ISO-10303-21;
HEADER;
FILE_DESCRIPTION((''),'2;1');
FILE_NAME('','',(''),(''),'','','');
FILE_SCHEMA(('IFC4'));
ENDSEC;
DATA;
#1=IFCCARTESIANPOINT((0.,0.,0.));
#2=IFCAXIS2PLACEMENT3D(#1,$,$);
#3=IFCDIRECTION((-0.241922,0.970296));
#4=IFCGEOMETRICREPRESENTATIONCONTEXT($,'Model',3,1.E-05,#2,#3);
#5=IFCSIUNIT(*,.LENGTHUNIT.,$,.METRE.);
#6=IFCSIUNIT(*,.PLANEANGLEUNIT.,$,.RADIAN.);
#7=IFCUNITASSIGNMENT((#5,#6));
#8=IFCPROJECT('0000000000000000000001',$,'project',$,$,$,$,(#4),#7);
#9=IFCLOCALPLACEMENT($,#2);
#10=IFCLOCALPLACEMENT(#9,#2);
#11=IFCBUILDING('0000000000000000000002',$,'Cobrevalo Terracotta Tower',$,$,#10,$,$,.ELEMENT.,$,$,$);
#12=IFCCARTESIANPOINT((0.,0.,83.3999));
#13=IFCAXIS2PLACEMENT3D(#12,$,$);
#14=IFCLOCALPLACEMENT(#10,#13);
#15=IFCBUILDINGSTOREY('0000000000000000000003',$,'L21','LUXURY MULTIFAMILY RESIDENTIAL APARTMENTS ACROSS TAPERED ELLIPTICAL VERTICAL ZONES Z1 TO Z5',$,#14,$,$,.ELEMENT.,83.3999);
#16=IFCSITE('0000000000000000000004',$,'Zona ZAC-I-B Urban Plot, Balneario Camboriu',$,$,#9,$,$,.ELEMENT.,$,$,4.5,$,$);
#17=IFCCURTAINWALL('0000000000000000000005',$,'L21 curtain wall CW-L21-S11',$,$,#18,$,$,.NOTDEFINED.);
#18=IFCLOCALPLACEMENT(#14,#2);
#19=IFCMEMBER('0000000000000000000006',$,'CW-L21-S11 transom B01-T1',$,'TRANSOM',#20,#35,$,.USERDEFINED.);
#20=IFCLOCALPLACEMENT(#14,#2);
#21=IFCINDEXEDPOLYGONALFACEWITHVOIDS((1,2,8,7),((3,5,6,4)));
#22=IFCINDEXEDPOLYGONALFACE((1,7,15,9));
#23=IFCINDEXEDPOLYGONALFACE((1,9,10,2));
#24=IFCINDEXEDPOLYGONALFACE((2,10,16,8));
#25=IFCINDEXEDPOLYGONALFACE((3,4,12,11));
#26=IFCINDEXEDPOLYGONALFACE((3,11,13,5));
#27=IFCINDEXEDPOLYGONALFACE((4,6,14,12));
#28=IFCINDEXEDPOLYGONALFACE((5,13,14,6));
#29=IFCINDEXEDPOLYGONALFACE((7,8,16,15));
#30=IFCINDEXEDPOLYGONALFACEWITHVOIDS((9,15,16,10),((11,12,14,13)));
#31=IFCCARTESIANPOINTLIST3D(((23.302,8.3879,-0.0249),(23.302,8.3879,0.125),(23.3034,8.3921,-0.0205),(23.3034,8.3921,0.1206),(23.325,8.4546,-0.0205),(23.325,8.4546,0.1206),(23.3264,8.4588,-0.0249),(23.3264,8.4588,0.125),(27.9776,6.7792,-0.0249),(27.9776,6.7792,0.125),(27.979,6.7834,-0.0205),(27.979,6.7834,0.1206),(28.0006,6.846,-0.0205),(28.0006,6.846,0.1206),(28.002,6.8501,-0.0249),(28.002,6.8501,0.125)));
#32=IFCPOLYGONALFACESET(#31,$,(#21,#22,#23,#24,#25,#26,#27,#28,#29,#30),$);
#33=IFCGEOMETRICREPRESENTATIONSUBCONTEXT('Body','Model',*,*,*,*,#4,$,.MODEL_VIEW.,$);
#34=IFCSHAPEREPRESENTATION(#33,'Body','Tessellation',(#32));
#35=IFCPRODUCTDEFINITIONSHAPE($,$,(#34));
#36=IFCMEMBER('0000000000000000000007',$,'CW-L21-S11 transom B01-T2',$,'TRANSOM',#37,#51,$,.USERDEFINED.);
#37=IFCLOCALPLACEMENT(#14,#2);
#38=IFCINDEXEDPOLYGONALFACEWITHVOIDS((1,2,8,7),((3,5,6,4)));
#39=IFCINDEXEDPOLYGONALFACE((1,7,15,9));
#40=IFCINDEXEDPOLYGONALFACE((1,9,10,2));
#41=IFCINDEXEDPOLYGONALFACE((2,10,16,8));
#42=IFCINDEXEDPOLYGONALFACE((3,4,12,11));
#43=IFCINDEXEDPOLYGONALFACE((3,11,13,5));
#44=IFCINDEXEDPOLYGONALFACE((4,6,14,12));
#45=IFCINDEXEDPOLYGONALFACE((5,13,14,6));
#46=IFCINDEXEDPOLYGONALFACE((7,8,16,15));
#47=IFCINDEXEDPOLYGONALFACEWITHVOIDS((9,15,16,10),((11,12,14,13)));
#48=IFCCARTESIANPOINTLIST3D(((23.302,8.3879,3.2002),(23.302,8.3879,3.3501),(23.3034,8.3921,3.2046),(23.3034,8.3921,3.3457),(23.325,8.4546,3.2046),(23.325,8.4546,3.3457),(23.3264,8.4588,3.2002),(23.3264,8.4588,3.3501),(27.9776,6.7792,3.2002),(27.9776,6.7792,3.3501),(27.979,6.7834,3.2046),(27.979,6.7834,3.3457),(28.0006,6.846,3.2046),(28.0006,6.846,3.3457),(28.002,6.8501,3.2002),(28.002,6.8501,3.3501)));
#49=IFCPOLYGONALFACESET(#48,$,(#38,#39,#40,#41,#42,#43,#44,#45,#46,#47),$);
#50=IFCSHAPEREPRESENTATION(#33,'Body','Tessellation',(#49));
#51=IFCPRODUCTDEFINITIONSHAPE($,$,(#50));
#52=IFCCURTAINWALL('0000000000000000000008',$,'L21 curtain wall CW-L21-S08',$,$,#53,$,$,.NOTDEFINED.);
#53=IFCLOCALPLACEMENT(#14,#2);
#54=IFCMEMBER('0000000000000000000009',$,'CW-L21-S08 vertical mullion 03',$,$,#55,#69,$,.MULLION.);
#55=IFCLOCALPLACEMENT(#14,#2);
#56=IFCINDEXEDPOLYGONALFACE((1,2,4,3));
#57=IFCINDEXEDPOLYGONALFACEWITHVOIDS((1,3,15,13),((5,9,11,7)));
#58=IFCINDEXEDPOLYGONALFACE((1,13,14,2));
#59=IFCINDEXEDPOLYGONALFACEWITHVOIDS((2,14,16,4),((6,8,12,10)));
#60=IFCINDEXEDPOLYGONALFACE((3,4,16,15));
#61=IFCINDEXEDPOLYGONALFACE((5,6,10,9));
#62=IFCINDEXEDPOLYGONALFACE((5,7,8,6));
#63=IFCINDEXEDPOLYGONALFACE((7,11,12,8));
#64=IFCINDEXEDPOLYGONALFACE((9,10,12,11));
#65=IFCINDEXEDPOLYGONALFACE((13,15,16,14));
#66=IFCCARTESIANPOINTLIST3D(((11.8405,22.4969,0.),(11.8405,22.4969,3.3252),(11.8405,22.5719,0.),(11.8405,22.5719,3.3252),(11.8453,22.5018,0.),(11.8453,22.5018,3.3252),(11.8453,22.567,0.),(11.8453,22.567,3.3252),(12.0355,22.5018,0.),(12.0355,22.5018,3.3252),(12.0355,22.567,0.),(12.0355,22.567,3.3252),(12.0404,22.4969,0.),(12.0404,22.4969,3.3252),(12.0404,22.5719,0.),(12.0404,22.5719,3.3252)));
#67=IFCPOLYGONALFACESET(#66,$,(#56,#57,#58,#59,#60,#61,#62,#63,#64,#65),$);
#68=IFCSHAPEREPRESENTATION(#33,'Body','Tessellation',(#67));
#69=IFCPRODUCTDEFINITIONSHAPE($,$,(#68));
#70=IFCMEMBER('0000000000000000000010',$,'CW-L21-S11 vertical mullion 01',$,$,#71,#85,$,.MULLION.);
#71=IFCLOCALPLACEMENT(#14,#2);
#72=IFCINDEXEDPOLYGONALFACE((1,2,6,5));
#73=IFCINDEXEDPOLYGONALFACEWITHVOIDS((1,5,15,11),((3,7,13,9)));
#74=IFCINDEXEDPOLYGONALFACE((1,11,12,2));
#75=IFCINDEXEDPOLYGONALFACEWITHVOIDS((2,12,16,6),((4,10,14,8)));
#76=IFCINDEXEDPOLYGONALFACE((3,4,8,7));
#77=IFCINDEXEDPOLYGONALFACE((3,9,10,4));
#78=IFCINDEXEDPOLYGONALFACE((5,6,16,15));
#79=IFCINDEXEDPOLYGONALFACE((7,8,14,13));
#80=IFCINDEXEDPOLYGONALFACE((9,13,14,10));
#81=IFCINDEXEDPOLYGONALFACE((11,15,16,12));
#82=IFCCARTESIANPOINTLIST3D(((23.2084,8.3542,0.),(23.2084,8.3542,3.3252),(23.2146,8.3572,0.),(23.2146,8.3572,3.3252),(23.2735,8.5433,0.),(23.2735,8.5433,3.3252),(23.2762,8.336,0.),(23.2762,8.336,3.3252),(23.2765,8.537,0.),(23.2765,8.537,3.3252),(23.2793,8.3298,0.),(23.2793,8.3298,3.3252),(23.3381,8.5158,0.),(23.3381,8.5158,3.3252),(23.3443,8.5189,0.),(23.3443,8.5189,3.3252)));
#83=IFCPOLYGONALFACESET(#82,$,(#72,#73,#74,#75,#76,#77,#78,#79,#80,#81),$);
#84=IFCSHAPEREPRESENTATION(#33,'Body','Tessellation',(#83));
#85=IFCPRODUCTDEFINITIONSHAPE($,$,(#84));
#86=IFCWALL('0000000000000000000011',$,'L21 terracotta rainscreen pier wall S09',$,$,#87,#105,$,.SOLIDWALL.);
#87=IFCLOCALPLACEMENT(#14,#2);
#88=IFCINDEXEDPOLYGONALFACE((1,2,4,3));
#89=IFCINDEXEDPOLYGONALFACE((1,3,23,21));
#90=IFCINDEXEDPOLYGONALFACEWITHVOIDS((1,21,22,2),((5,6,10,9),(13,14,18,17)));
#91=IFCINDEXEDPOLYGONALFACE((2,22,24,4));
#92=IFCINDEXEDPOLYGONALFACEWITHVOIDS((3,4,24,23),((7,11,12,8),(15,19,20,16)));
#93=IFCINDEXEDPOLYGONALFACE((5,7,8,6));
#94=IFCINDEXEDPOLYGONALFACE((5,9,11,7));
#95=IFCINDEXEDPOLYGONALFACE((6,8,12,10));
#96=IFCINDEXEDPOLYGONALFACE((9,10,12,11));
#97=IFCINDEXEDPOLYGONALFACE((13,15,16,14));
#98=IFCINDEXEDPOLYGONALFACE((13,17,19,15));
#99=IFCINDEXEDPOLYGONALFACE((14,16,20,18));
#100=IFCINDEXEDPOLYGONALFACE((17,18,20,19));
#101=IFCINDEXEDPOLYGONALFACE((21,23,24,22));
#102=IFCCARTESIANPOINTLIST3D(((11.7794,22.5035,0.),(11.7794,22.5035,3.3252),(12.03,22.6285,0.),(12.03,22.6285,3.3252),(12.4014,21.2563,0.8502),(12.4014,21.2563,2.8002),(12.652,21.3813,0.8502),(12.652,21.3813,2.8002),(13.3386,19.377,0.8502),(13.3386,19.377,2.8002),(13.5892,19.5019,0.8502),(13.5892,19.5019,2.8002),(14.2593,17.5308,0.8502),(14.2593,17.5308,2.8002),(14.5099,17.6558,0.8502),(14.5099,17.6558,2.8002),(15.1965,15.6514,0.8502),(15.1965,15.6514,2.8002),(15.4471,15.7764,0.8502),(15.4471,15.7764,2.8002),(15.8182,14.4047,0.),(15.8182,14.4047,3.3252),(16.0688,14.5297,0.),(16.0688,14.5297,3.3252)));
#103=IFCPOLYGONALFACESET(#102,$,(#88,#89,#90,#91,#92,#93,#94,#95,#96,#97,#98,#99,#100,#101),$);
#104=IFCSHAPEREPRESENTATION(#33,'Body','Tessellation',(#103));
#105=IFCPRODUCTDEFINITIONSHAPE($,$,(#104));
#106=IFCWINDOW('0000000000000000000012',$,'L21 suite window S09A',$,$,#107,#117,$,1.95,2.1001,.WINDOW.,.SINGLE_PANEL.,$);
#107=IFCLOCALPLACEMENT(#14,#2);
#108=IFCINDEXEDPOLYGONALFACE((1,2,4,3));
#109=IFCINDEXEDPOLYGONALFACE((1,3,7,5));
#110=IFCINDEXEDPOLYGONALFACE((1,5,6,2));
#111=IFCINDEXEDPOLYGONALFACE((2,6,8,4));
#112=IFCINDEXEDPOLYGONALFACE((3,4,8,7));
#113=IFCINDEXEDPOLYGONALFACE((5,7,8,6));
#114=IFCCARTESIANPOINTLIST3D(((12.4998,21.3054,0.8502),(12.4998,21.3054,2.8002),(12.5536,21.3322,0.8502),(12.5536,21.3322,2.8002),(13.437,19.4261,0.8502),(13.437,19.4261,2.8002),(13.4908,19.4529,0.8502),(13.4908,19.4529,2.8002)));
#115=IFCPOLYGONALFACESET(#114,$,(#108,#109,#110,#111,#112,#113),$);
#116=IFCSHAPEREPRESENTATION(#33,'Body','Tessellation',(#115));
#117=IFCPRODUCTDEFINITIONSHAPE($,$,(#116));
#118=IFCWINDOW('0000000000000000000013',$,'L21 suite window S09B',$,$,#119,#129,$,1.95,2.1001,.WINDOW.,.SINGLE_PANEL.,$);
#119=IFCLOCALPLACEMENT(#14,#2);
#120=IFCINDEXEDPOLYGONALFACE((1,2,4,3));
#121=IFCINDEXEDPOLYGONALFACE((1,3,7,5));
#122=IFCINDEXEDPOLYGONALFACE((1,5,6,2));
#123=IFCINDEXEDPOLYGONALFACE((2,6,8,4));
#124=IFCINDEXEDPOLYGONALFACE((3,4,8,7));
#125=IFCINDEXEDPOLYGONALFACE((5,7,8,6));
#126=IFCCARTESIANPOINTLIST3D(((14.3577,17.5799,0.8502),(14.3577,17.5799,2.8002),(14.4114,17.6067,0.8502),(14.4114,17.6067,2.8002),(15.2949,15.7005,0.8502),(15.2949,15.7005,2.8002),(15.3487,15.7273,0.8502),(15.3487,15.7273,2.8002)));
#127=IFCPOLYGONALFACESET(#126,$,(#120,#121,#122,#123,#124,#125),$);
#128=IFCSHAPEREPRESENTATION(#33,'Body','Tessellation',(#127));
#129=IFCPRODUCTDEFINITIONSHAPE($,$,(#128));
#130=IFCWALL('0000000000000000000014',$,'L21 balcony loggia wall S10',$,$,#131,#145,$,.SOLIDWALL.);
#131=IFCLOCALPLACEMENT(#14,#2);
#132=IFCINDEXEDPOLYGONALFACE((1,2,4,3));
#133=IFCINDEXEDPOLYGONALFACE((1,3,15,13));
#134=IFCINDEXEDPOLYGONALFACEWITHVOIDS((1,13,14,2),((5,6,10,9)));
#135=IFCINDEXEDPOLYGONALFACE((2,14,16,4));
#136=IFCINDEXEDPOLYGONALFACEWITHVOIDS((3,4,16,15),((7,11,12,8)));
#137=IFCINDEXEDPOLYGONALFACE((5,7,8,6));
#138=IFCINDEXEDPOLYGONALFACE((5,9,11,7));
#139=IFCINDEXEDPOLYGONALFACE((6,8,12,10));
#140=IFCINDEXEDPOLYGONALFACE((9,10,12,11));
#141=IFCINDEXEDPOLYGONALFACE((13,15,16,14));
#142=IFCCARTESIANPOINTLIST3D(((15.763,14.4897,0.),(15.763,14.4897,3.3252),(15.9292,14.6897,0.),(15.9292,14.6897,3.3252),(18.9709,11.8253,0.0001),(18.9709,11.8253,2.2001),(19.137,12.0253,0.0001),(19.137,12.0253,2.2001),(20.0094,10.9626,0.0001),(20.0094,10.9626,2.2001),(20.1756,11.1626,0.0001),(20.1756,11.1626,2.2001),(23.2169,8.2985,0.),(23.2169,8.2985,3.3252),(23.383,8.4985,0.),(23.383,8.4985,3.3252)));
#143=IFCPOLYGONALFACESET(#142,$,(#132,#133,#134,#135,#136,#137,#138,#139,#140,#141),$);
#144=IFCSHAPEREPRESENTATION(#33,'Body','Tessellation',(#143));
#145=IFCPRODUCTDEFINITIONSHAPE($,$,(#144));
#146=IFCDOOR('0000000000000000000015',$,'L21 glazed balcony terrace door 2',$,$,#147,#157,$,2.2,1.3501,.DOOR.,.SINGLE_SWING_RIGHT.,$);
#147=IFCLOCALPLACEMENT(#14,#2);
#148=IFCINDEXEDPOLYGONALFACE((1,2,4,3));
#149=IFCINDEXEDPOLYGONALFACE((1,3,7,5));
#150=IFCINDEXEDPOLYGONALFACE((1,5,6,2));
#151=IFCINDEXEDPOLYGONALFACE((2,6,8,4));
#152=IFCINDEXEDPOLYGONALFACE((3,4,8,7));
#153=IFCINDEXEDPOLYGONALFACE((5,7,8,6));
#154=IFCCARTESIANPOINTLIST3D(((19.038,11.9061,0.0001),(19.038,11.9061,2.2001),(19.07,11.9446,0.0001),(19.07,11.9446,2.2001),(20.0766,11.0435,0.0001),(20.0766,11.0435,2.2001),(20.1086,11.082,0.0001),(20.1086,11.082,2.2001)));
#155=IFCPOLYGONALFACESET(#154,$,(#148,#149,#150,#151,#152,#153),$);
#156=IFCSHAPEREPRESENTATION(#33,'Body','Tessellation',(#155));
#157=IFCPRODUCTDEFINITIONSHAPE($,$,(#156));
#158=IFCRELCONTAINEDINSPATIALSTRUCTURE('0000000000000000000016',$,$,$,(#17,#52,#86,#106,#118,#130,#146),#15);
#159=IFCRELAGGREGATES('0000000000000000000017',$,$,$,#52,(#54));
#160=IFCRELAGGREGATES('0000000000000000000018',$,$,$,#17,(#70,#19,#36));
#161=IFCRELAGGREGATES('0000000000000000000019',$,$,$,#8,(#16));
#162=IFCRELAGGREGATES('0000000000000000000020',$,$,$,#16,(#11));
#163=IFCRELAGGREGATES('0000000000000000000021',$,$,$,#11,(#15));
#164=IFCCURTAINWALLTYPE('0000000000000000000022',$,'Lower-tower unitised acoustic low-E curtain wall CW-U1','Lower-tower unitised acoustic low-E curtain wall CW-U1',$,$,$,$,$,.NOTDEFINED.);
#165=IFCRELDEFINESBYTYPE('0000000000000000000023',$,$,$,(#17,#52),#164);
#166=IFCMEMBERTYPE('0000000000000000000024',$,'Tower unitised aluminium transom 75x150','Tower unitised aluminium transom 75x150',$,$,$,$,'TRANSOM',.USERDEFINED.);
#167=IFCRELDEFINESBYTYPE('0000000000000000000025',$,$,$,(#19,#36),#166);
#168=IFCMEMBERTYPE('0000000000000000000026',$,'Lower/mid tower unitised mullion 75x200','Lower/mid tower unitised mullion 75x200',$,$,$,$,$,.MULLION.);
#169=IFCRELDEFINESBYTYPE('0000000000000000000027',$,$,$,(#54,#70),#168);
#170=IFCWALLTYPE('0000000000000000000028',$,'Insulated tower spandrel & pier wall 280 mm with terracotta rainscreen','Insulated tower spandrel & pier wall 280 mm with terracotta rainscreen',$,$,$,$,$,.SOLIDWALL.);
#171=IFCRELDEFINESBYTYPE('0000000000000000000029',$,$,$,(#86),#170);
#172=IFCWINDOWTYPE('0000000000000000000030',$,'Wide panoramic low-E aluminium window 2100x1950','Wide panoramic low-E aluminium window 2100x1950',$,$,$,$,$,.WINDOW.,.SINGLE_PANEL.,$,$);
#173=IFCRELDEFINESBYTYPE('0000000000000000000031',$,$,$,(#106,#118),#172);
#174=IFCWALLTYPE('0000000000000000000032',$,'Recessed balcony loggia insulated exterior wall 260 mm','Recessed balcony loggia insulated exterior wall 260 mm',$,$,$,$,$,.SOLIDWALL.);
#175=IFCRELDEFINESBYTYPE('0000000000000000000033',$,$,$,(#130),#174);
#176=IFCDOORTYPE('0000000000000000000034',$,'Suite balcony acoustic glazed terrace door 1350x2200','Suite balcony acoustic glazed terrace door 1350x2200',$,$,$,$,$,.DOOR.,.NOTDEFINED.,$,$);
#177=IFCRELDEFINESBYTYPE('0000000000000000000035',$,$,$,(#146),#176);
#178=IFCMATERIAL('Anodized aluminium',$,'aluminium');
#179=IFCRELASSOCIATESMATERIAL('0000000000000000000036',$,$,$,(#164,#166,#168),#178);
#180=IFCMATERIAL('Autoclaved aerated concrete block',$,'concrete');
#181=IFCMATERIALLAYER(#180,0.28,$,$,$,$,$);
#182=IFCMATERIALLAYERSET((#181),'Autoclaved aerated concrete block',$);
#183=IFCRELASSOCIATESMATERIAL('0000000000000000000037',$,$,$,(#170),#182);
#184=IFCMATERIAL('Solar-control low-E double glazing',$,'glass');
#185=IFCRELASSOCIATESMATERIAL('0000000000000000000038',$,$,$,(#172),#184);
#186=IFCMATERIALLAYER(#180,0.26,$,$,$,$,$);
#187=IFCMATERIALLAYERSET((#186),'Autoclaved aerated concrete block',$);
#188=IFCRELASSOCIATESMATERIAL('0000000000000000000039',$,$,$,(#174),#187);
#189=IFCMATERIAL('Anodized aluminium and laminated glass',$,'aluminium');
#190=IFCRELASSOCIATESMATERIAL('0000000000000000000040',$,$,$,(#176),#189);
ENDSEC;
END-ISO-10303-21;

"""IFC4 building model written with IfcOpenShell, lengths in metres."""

from ifc_helpers import new_model, si_unit, direction, frame, frame_2d, origin, origin_2d, place, context, subcontext, project, spatial, rectangle, hollow_rectangle, extrude, source, transform, mapped, material, layer, layer_set, material_profile, profile_set, type_object, element, fill, aggregate, save


model = new_model("IFC4")

# Units and contexts
model_context = context("Model", 3, precision=1e-05, world=origin(), true_north=direction((-0.241922, 0.970296)))
body_context = subcontext(model_context, "Body", "Model", "MODEL_VIEW")
ifc_project = project(units=[si_unit("LENGTHUNIT", "METRE"), si_unit("PLANEANGLEUNIT", "RADIAN")], contexts=[model_context])

# Site, building, storey
site_placement = place(None, origin())
site = spatial("IfcSite", under=ifc_project, at=site_placement, Name="Zona ZAC-I-B Urban Plot, Balneario Camboriu", CompositionType="ELEMENT", RefElevation=4.5)
building_placement = place(site_placement, origin())
building = spatial("IfcBuilding", under=site, at=building_placement, Name="Cobrevalo Terracotta Tower", CompositionType="ELEMENT")
storey_placement = place(building_placement, frame((0.0, 0.0, 83.3999)))
storey = spatial("IfcBuildingStorey", under=building, at=storey_placement, Name="L21", Description="LUXURY MULTIFAMILY RESIDENTIAL APARTMENTS ACROSS TAPERED ELLIPTICAL VERTICAL ZONES Z1 TO Z5", CompositionType="ELEMENT", Elevation=83.3999)

# Curtain wall, members
ifc_material_1 = material(Name="Anodized aluminium", Category="aluminium")
curtain_wall_type = type_object("IfcCurtainWallType", Name="Lower-tower unitised acoustic low-E curtain wall CW-U1", Description="Lower-tower unitised acoustic low-E curtain wall CW-U1", PredefinedType="NOTDEFINED", material=ifc_material_1)
curtain_wall_1_placement = place(storey_placement, origin())
curtain_wall_1 = element("IfcCurtainWall", 1, at=curtain_wall_1_placement, inside=storey, type_object=curtain_wall_type, Name="L21 curtain wall CW-L21-S11", PredefinedType="NOTDEFINED")
ifc_material_profile_1 = material_profile(ifc_material_1, hollow_rectangle(XDim=0.075, YDim=0.1499, WallThickness=0.0044, at=origin_2d()), Name="CWT 75x150")
ifc_profile_set_1 = profile_set([ifc_material_profile_1], Name="Anodized aluminium")
member_type_1 = type_object("IfcMemberType", Name="Tower unitised aluminium transom 75x150", Description="Tower unitised aluminium transom 75x150", ElementType="TRANSOM", PredefinedType="USERDEFINED", material=ifc_profile_set_1)
shared_shape_1 = source(origin(), body_context, "Body", "SweptSolid", [
    extrude(hollow_rectangle(XDim=0.075, YDim=0.1499, WallThickness=0.0044, at=origin_2d()), origin(), (0.0, 0.0, 1.0), 4.9446),
])
member_1_placement = place(storey_placement, frame((23.3142, 8.4233, 0.05), z_axis=(0.945598, -0.325338, 0.0), x_axis=(0.325338, 0.945598, 0.0)))
member_1 = element("IfcMember", 2, at=member_1_placement, type_object=member_type_1, Name="CW-L21-S11 transom B01-T1", ObjectType="TRANSOM", PredefinedType="USERDEFINED", context=body_context, shape_type="MappedRepresentation", body=[
    mapped(shared_shape_1, transform((0.0, 0.0, 0.0), scale=1.0)),
])
member_2_placement = place(storey_placement, frame((23.3142, 8.4233, 3.2751), z_axis=(0.945598, -0.325338, 0.0), x_axis=(0.325338, 0.945598, 0.0)))
member_2 = element("IfcMember", 3, at=member_2_placement, type_object=member_type_1, Name="CW-L21-S11 transom B01-T2", ObjectType="TRANSOM", PredefinedType="USERDEFINED", context=body_context, shape_type="MappedRepresentation", body=[
    mapped(shared_shape_1, transform((0.0, 0.0, 0.0), scale=1.0)),
])

# Curtain wall, member
curtain_wall_2_placement = place(storey_placement, origin())
curtain_wall_2 = element("IfcCurtainWall", 4, at=curtain_wall_2_placement, inside=storey, type_object=curtain_wall_type, Name="L21 curtain wall CW-L21-S08", PredefinedType="NOTDEFINED")
ifc_material_profile_2 = material_profile(ifc_material_1, hollow_rectangle(XDim=0.075, YDim=0.2, WallThickness=0.0049, at=origin_2d()), Name="CWM 75x200")
ifc_profile_set_2 = profile_set([ifc_material_profile_2], Name="Anodized aluminium")
member_type_2 = type_object("IfcMemberType", Name="Lower/mid tower unitised mullion 75x200", Description="Lower/mid tower unitised mullion 75x200", PredefinedType="MULLION", material=ifc_profile_set_2)
shared_shape_2 = source(origin(), body_context, "Body", "SweptSolid", [
    extrude(hollow_rectangle(XDim=0.075, YDim=0.2, WallThickness=0.0049, at=origin_2d()), origin(), (0.0, 0.0, 1.0), 3.3252),
])
member_3_placement = place(storey_placement, frame((11.9404, 22.5344, 0.0), z_axis=(0.0, 0.0, 1.0), x_axis=(0.0, -1.0, 0.0)))
member_3 = element("IfcMember", 5, at=member_3_placement, type_object=member_type_2, Name="CW-L21-S08 vertical mullion 03", PredefinedType="MULLION", context=body_context, shape_type="MappedRepresentation", body=[
    mapped(shared_shape_2, transform((0.0, 0.0, 0.0), scale=1.0)),
])
aggregate(curtain_wall_2, [member_3])

# Member
member_4_placement = place(storey_placement, frame((23.2764, 8.4365, 0.0), z_axis=(0.0, 0.0, 1.0), x_axis=(0.945598, -0.325337, 0.0)))
member_4 = element("IfcMember", 6, at=member_4_placement, type_object=member_type_2, Name="CW-L21-S11 vertical mullion 01", PredefinedType="MULLION", context=body_context, shape_type="MappedRepresentation", body=[
    mapped(shared_shape_2, transform((0.0, 0.0, 0.0), scale=1.0)),
])
aggregate(curtain_wall_1, [member_4, member_1, member_2])

# Wall, openings, windows
ifc_material_2 = material(Name="Autoclaved aerated concrete block", Category="concrete")
ifc_layer_1 = layer(ifc_material_2, 0.28)
ifc_layer_set_1 = layer_set([ifc_layer_1], Name="Autoclaved aerated concrete block")
wall_type_1 = type_object("IfcWallType", Name="Insulated tower spandrel & pier wall 280 mm with terracotta rainscreen", Description="Insulated tower spandrel & pier wall 280 mm with terracotta rainscreen", PredefinedType="SOLIDWALL", material=ifc_layer_set_1)
wall_1_placement = place(storey_placement, frame((11.9048, 22.5659, 0.0), z_axis=(0.0, 0.0, 1.0), x_axis=(0.446275, -0.894896, 0.0)))
wall_1 = element("IfcWall", 7, at=wall_1_placement, inside=storey, type_object=wall_type_1, Name="L21 terracotta rainscreen pier wall S09", PredefinedType="SOLIDWALL", context=body_context, shape_type="SweptSolid", body=[
    extrude(rectangle(XDim=9.05, YDim=0.28, at=frame_2d((4.5249, 0.0))), origin(), (0.0, 0.0, 1.0), 3.3252),
])
opening_1_placement = place(wall_1_placement, frame((1.3936, 0.0, 0.8501)))
opening_1 = element("IfcOpeningElement", 8, at=opening_1_placement, cuts=wall_1, PredefinedType="OPENING", context=body_context, shape_type="SweptSolid", body=[
    extrude(rectangle(XDim=2.1001, YDim=1.95, at=frame_2d((1.05, 0.9751))), frame((0.0, 0.1499, 0.0), z_axis=(0.0, -1.0, 0.0), x_axis=(1.0, 0.0, 0.0)), (0.0, 0.0, 1.0), 0.3),
])
opening_2_placement = place(wall_1_placement, frame((5.5566, 0.0, 0.8501)))
opening_2 = element("IfcOpeningElement", 9, at=opening_2_placement, cuts=wall_1, PredefinedType="OPENING", context=body_context, shape_type="SweptSolid", body=[
    extrude(rectangle(XDim=2.1001, YDim=1.95, at=frame_2d((1.05, 0.9751))), frame((0.0, 0.1499, 0.0), z_axis=(0.0, -1.0, 0.0), x_axis=(1.0, 0.0, 0.0)), (0.0, 0.0, 1.0), 0.3),
])
ifc_material_3 = material(Name="Solar-control low-E double glazing", Category="glass")
window_type = type_object("IfcWindowType", Name="Wide panoramic low-E aluminium window 2100x1950", Description="Wide panoramic low-E aluminium window 2100x1950", PartitioningType="SINGLE_PANEL", PredefinedType="WINDOW", material=ifc_material_3)
shared_shape_3 = source(origin(), body_context, "Body", "SweptSolid", [
    extrude(rectangle(XDim=2.1001, YDim=1.95, at=frame_2d((1.05, 0.9751))), frame((0.0, 0.03, 0.0), z_axis=(0.0, -1.0, 0.0), x_axis=(1.0, 0.0, 0.0)), (0.0, 0.0, 1.0), 0.0601),
])
window_1_placement = place(opening_1_placement, origin())
window_1 = element("IfcWindow", 10, at=window_1_placement, inside=storey, type_object=window_type, Name="L21 suite window S09A", OverallHeight=1.95, OverallWidth=2.1001, PartitioningType="SINGLE_PANEL", PredefinedType="WINDOW", context=body_context, shape_type="MappedRepresentation", body=[
    mapped(shared_shape_3, transform((0.0, 0.0, 0.0), scale=1.0)),
])
fill(opening_1, window_1)
window_2_placement = place(opening_2_placement, origin())
window_2 = element("IfcWindow", 11, at=window_2_placement, inside=storey, type_object=window_type, Name="L21 suite window S09B", OverallHeight=1.95, OverallWidth=2.1001, PartitioningType="SINGLE_PANEL", PredefinedType="WINDOW", context=body_context, shape_type="MappedRepresentation", body=[
    mapped(shared_shape_3, transform((0.0, 0.0, 0.0), scale=1.0)),
])
fill(opening_2, window_2)

# Wall, opening, door
ifc_layer_2 = layer(ifc_material_2, 0.26)
ifc_layer_set_2 = layer_set([ifc_layer_2], Name="Autoclaved aerated concrete block")
wall_type_2 = type_object("IfcWallType", Name="Recessed balcony loggia insulated exterior wall 260 mm", Description="Recessed balcony loggia insulated exterior wall 260 mm", PredefinedType="SOLIDWALL", material=ifc_layer_set_2)
wall_2_placement = place(storey_placement, frame((15.8462, 14.5896, 0.0), z_axis=(0.0, 0.0, 1.0), x_axis=(0.769255, -0.638942, 0.0)))
wall_2 = element("IfcWall", 12, at=wall_2_placement, inside=storey, type_object=wall_type_2, Name="L21 balcony loggia wall S10", PredefinedType="SOLIDWALL", context=body_context, shape_type="SweptSolid", body=[
    extrude(rectangle(XDim=9.6897, YDim=0.26, at=frame_2d((4.8447, 0.0))), origin(), (0.0, 0.0, 1.0), 3.3252),
])
opening_3_placement = place(wall_2_placement, frame((4.1699, 0.0, 0.0)))
opening_3 = element("IfcOpeningElement", 13, at=opening_3_placement, cuts=wall_2, PredefinedType="OPENING", context=body_context, shape_type="SweptSolid", body=[
    extrude(rectangle(XDim=1.3501, YDim=2.2, at=frame_2d((0.675, 1.1001))), frame((0.0, 0.1401, 0.0), z_axis=(0.0, -1.0, 0.0), x_axis=(1.0, 0.0, 0.0)), (0.0, 0.0, 1.0), 0.28),
])
ifc_material_4 = material(Name="Anodized aluminium and laminated glass", Category="aluminium")
door_type_1 = type_object("IfcDoorType", Name="Suite balcony acoustic glazed terrace door 1350x2200", Description="Suite balcony acoustic glazed terrace door 1350x2200", OperationType="NOTDEFINED", PredefinedType="DOOR", material=ifc_material_4)
shared_shape_4 = source(origin(), body_context, "Body", "SweptSolid", [
    extrude(rectangle(XDim=1.3501, YDim=2.2, at=frame_2d((0.675, 1.1001))), frame((0.0, 0.0249, 0.0), z_axis=(0.0, -1.0, 0.0), x_axis=(1.0, 0.0, 0.0)), (0.0, 0.0, 1.0), 0.05),
])
door_1_placement = place(opening_3_placement, frame((1.3501, 0.0, 0.0), z_axis=(0.0, 0.0, 1.0), x_axis=(-1.0, 0.0, 0.0)))
door_1 = element("IfcDoor", 14, at=door_1_placement, inside=storey, type_object=door_type_1, Name="L21 glazed balcony terrace door 2", OperationType="SINGLE_SWING_RIGHT", OverallHeight=2.2, OverallWidth=1.3501, PredefinedType="DOOR", context=body_context, shape_type="MappedRepresentation", body=[
    mapped(shared_shape_4, transform((0.0, 0.0, 0.0), scale=1.0)),
])
fill(opening_3, door_1)

save(model, "model.ifc")
